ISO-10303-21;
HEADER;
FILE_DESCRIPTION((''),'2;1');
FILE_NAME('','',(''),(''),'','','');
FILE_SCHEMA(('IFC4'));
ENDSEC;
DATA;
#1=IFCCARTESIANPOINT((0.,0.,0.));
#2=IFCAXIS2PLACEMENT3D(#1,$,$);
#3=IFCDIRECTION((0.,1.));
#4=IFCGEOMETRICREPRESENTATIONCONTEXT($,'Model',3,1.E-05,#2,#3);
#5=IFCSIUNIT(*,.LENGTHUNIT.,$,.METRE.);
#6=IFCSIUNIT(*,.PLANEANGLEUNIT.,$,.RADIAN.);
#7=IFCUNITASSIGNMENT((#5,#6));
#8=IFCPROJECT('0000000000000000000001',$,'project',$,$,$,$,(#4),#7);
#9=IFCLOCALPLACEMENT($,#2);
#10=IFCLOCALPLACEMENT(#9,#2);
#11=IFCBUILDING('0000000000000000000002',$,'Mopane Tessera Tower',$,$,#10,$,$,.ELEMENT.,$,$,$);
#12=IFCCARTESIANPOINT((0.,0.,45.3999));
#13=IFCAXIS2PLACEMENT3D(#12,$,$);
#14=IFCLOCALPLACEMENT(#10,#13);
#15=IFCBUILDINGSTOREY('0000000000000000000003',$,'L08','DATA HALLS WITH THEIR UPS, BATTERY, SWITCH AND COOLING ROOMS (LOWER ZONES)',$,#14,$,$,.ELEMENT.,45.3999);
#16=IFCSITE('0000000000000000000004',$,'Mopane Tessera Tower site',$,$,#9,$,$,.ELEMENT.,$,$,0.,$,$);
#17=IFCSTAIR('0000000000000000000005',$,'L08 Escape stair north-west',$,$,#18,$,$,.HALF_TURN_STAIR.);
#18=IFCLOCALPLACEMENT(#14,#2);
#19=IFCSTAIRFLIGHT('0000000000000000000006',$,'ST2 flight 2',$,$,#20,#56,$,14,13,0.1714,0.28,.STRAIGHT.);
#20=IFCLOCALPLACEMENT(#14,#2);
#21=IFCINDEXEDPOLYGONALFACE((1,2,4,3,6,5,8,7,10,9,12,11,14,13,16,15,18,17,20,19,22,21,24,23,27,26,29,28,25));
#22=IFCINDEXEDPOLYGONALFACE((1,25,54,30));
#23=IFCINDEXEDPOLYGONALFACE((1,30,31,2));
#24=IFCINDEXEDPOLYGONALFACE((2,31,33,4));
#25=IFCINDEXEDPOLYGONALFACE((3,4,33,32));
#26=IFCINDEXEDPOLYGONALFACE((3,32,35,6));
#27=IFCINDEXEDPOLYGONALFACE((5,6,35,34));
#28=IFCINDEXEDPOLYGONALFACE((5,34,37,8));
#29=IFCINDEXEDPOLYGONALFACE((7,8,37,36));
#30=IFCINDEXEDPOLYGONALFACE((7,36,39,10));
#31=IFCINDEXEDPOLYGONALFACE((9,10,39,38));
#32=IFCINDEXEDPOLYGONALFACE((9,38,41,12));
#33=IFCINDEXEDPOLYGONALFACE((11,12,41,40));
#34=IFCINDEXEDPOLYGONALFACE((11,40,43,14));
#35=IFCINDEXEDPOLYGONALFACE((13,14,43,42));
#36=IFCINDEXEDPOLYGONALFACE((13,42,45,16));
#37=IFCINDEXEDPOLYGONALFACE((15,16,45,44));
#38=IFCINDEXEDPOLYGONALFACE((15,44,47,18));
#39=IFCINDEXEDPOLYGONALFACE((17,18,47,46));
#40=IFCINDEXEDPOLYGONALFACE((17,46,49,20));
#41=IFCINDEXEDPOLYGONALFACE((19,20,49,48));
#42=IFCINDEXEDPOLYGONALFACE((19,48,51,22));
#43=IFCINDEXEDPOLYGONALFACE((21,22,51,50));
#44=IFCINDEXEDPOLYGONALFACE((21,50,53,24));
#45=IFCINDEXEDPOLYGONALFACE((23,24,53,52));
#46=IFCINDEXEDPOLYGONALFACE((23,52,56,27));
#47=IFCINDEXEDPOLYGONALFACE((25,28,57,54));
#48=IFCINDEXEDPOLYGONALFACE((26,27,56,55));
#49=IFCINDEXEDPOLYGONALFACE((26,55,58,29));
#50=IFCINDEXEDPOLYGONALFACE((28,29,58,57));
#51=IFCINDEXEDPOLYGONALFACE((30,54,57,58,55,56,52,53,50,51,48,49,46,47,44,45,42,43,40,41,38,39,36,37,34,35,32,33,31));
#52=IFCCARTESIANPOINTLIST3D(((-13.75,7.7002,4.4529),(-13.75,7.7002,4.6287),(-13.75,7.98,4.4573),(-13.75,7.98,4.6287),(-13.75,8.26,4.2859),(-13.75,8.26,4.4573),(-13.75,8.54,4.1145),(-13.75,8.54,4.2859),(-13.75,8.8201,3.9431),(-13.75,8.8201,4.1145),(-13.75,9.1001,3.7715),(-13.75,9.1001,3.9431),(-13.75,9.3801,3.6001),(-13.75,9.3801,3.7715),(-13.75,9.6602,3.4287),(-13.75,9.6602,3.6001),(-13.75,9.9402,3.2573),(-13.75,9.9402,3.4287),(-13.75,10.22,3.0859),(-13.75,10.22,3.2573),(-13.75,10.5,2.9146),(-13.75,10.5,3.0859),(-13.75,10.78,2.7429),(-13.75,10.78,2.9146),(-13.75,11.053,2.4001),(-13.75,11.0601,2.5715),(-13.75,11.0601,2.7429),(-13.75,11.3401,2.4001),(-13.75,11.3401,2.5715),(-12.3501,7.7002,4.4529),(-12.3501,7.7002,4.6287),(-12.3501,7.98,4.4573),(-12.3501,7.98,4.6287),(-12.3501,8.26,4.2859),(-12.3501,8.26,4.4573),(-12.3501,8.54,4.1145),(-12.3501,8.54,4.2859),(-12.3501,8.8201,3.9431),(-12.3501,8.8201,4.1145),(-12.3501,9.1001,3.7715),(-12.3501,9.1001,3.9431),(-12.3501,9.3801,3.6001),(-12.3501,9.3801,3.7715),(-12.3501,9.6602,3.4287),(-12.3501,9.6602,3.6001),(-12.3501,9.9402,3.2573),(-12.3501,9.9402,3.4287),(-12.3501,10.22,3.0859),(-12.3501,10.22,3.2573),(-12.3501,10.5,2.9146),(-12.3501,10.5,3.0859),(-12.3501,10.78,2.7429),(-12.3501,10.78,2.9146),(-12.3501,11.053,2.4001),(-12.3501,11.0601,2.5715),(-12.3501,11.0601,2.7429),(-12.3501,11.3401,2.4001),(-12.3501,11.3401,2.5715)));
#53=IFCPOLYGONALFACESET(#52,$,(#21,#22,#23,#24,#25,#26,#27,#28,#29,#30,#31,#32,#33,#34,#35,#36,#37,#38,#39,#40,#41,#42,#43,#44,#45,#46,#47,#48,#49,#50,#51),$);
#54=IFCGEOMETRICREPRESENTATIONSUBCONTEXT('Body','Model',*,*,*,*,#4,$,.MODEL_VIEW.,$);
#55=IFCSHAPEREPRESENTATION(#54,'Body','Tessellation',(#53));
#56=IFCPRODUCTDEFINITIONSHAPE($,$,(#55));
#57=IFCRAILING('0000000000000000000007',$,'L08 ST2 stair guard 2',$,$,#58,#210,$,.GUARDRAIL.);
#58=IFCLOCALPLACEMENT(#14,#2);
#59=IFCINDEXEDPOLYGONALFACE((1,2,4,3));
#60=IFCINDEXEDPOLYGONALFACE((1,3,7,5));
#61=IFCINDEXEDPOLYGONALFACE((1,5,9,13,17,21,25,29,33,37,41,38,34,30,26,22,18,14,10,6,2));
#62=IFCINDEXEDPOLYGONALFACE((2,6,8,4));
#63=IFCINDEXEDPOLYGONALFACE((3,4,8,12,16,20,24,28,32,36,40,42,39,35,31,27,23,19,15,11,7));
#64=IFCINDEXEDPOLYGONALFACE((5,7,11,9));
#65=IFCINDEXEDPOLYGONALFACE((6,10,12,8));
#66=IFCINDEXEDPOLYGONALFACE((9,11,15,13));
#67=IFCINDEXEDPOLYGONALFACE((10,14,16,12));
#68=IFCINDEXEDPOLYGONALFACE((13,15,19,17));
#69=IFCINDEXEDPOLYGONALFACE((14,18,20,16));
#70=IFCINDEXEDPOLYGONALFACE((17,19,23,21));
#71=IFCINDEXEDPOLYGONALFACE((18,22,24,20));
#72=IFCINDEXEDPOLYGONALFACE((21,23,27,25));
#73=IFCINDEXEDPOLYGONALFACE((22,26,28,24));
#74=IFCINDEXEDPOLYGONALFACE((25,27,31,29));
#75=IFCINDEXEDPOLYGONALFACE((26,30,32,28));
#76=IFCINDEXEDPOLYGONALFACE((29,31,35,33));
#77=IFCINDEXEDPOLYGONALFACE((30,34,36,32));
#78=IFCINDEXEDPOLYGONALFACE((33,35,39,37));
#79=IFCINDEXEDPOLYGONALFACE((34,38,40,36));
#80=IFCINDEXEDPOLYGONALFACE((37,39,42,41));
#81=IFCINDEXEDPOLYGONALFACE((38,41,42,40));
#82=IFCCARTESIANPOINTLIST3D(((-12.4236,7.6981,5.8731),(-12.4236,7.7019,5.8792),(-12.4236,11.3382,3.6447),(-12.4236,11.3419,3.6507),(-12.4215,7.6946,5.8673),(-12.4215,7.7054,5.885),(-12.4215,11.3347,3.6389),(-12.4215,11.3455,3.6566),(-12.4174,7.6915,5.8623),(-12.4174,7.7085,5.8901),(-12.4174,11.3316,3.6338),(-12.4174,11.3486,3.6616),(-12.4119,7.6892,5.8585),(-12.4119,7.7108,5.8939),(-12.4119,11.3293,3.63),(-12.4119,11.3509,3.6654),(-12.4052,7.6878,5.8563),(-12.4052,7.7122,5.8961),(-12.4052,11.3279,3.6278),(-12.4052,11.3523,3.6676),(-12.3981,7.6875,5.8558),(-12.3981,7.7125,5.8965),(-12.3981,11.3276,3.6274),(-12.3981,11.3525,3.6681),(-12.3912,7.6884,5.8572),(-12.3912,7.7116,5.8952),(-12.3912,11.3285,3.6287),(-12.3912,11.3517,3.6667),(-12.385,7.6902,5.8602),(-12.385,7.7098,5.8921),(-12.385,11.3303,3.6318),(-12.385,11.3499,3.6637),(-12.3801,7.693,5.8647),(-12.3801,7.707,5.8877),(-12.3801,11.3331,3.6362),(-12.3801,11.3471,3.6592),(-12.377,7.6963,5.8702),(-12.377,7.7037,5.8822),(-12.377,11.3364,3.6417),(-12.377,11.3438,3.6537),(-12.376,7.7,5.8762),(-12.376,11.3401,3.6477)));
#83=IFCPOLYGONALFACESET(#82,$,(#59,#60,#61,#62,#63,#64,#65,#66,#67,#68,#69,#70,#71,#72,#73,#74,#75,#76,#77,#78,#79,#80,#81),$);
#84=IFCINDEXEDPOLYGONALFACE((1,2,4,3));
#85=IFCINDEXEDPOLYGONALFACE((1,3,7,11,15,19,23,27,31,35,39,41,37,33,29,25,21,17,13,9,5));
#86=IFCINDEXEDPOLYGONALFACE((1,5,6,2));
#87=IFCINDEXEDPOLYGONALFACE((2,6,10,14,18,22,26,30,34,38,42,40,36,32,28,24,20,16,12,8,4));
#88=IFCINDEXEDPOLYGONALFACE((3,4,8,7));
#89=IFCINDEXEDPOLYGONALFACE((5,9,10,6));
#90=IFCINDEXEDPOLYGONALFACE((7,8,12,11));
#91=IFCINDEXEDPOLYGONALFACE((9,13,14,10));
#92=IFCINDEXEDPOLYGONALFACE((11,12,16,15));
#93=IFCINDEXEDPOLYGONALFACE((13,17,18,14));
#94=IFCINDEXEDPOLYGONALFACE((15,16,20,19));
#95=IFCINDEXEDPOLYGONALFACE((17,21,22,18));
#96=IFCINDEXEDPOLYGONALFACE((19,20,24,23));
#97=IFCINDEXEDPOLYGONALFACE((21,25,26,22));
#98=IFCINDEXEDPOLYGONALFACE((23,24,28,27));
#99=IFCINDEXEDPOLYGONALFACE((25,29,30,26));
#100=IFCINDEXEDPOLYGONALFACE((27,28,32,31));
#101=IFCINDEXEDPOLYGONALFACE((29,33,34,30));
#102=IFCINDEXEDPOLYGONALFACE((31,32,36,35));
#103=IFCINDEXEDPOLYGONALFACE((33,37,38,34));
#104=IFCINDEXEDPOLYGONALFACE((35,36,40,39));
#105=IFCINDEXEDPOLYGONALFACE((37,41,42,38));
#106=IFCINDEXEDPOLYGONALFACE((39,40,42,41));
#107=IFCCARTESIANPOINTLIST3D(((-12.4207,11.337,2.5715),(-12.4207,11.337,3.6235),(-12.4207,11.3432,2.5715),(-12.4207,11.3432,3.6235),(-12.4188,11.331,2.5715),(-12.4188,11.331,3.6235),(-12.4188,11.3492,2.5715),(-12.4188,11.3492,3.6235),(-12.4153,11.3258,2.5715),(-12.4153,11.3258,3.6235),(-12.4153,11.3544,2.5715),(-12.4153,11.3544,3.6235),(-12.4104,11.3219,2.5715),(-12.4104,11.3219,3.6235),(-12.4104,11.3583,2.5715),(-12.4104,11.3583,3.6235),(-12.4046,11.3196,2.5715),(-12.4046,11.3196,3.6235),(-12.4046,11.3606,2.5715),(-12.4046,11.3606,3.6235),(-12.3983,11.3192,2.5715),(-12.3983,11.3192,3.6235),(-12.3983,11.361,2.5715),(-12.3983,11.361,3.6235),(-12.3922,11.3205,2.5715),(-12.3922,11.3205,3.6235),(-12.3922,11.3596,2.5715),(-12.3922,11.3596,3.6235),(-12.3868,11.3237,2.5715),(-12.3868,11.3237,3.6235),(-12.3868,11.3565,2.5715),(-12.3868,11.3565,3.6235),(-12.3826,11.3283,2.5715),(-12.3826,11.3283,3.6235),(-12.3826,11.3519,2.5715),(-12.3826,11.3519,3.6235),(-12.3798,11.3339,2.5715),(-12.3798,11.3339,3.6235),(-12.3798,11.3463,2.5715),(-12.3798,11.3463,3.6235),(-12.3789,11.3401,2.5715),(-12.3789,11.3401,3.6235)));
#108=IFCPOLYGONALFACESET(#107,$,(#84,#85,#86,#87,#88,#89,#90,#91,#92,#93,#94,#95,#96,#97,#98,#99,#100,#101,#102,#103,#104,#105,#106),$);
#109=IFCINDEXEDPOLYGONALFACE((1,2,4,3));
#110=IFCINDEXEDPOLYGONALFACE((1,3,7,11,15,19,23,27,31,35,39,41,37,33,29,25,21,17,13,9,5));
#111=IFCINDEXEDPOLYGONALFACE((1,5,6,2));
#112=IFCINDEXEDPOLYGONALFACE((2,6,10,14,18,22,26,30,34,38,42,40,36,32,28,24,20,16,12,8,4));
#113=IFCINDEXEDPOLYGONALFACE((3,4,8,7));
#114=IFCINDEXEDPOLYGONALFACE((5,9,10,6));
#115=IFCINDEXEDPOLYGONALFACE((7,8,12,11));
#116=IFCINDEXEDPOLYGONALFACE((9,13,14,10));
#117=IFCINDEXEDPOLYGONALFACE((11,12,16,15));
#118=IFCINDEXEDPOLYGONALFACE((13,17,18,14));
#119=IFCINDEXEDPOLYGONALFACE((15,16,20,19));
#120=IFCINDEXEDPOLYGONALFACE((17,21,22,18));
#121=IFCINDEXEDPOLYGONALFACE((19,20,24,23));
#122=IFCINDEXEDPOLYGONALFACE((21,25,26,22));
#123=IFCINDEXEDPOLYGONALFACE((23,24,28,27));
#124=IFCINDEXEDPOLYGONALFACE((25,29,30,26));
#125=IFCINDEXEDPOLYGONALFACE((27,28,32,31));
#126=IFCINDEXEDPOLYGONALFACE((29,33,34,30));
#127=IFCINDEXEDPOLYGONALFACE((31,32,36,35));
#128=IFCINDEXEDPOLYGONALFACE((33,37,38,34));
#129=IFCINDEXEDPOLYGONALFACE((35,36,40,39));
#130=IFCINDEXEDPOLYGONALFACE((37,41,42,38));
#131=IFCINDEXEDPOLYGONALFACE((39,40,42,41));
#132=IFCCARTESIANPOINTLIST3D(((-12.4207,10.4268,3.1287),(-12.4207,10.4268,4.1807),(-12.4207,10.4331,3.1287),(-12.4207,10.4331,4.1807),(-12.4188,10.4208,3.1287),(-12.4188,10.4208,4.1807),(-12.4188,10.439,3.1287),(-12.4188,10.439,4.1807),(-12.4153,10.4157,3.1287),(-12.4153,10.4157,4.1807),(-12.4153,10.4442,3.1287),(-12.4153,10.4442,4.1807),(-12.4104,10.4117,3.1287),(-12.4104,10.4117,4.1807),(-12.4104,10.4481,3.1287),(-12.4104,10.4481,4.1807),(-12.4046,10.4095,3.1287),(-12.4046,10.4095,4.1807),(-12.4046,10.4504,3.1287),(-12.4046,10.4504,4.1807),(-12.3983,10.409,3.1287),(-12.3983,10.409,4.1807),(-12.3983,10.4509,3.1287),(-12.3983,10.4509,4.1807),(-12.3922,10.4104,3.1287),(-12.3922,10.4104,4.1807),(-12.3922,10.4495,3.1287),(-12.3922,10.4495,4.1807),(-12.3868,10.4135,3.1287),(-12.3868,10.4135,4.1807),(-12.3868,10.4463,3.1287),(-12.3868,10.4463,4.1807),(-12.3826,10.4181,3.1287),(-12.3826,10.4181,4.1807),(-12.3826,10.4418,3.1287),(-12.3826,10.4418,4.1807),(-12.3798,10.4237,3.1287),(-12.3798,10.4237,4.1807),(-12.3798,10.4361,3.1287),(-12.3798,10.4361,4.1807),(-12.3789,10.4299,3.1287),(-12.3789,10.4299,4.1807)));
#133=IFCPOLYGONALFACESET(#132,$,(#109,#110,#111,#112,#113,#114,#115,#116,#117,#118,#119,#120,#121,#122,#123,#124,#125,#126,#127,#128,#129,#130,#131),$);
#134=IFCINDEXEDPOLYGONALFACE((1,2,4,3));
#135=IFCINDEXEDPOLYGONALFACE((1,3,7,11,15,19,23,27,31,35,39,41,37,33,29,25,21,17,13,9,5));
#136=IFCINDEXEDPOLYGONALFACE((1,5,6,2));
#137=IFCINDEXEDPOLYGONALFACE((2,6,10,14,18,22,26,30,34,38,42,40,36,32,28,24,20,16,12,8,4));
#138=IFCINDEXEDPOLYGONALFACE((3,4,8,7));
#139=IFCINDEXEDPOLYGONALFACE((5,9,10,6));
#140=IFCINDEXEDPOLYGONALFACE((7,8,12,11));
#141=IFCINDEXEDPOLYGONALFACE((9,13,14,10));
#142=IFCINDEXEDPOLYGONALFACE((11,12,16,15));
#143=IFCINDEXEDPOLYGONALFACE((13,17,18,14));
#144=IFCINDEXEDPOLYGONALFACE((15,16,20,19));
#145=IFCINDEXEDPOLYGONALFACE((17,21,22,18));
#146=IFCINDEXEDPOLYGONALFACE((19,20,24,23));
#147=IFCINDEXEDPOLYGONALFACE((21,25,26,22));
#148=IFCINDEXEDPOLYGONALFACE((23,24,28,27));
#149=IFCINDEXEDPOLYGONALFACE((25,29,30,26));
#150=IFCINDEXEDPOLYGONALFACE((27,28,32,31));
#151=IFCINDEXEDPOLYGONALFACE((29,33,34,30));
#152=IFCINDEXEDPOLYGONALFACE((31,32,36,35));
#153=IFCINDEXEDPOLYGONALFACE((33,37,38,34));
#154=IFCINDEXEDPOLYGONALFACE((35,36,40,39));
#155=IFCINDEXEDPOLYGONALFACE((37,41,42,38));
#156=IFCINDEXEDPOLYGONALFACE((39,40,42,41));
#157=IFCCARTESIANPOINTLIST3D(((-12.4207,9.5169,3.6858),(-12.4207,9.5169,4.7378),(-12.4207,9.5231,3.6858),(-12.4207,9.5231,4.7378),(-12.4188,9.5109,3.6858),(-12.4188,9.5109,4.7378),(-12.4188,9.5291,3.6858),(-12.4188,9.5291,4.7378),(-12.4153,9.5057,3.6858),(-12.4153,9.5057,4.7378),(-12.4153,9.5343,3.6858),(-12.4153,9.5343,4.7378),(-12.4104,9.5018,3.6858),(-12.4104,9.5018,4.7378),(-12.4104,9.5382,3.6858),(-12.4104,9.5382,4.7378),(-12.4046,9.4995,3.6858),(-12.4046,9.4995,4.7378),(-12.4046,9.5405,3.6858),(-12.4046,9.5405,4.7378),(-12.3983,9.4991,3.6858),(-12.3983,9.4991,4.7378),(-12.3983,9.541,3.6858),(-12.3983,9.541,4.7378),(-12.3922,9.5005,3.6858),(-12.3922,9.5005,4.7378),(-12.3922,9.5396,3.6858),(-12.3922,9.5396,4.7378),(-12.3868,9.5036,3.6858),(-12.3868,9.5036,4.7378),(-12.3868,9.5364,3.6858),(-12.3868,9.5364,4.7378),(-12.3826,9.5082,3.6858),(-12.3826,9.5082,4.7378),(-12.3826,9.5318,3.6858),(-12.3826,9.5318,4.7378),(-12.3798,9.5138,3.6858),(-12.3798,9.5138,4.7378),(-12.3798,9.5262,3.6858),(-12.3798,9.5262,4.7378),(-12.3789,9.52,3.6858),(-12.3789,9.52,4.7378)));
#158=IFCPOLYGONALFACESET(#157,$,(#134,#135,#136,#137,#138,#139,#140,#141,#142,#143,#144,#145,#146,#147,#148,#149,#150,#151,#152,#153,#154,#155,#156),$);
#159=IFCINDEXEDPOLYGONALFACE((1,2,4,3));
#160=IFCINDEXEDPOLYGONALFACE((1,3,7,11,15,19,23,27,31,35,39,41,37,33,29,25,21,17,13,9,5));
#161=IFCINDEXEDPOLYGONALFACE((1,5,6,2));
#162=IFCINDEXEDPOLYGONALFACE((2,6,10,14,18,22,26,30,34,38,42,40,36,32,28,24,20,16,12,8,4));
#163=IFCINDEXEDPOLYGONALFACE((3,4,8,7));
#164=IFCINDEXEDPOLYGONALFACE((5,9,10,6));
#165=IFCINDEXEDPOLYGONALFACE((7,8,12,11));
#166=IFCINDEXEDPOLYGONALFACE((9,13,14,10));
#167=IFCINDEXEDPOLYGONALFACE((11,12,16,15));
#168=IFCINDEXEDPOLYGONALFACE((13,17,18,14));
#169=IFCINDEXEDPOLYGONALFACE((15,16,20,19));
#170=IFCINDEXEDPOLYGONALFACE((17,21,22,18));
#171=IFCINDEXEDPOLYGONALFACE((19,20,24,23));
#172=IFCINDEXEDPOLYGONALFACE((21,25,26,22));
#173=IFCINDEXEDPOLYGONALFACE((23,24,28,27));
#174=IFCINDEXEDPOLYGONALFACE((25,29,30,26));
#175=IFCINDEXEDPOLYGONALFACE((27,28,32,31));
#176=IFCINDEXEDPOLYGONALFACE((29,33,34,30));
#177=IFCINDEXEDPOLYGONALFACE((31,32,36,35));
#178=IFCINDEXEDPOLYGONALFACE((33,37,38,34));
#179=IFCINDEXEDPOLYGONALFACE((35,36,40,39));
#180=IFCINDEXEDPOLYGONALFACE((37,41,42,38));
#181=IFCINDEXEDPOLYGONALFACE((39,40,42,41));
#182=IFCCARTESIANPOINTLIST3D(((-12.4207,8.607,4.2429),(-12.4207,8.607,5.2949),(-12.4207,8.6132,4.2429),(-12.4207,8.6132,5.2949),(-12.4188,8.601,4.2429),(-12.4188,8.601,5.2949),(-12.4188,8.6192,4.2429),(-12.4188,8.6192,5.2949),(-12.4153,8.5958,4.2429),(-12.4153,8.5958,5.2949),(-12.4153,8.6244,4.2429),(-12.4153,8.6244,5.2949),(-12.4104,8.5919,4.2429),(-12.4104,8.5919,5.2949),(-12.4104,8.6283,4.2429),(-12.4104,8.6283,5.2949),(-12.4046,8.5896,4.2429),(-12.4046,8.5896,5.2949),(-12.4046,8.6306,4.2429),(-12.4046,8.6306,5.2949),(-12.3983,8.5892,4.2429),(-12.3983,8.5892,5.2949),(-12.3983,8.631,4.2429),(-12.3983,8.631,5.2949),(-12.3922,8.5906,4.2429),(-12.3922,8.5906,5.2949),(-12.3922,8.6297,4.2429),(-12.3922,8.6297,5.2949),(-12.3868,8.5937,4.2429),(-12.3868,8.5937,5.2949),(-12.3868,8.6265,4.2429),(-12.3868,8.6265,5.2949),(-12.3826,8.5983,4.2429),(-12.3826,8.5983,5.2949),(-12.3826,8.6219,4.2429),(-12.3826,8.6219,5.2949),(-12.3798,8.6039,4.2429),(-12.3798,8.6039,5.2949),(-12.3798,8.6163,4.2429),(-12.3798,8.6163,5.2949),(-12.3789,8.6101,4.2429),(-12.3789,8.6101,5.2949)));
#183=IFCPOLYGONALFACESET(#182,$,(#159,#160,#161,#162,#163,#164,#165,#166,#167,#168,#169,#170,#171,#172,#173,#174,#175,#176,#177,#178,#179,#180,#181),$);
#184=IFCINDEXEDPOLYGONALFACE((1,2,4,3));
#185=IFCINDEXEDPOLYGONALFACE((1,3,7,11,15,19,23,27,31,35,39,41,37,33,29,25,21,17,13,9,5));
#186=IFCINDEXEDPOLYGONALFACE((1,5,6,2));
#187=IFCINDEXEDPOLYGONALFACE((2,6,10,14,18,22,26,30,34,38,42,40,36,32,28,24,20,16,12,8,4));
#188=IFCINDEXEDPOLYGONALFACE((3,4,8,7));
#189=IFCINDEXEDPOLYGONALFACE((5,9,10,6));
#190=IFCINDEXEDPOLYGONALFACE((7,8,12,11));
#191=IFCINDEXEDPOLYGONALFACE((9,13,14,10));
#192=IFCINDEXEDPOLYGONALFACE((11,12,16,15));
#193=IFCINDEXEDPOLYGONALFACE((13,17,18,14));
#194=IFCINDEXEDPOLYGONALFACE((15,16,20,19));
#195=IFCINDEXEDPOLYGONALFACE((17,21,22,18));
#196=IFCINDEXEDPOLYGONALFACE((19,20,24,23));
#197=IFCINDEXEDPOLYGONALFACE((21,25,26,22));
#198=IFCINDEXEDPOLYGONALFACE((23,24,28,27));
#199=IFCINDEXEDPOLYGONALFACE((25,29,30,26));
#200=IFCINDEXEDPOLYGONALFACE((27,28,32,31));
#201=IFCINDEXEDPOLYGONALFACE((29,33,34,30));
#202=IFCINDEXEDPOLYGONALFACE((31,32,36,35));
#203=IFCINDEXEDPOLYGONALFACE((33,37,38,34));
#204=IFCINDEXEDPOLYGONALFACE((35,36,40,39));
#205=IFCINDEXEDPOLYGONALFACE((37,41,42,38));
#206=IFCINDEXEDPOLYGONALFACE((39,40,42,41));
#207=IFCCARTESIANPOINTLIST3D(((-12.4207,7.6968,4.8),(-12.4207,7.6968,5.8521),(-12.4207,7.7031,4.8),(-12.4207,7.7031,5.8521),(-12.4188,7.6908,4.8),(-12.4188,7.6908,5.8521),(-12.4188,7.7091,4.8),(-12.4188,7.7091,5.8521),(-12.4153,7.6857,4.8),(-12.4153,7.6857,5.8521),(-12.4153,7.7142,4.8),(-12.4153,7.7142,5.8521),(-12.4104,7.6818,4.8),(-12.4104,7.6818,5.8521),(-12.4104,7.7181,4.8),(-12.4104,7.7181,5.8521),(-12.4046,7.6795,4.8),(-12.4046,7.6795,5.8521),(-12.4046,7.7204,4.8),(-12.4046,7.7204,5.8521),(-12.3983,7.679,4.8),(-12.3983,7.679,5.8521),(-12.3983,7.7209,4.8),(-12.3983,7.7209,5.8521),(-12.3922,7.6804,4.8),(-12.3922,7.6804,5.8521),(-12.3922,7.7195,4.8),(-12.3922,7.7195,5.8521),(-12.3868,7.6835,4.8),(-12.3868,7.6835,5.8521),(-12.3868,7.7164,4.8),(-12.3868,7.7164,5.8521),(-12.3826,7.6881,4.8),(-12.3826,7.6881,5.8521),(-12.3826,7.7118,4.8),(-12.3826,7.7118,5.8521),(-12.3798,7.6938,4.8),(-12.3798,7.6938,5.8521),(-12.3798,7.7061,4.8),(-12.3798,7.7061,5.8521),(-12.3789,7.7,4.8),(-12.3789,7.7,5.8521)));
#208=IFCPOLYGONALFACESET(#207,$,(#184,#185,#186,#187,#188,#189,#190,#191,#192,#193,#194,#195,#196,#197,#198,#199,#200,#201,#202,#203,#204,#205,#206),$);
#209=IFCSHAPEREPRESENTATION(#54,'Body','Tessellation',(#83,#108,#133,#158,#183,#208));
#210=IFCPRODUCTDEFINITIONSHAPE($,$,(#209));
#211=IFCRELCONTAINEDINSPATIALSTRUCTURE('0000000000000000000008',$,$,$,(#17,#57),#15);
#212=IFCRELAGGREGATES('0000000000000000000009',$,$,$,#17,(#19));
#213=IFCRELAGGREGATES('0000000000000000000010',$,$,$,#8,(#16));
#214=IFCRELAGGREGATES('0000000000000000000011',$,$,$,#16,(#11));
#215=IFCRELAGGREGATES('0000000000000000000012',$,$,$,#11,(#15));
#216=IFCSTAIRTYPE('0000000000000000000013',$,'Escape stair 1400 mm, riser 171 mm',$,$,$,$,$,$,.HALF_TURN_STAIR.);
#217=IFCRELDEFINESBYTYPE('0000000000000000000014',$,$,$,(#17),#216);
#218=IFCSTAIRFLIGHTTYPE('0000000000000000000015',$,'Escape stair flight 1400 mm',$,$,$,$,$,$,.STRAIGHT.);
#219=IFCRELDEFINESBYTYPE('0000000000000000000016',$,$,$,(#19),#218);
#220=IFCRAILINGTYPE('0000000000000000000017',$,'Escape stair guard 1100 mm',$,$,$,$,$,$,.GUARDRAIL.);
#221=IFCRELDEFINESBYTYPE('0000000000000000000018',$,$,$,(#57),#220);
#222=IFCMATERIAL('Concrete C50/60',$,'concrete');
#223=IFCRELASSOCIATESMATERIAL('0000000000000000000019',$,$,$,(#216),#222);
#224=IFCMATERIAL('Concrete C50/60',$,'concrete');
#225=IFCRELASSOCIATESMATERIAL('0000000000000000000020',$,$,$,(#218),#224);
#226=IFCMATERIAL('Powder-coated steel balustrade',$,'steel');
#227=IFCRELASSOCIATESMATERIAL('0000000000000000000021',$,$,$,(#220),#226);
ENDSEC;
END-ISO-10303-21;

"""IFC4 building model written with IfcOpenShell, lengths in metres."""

from ifc_helpers import new_model, si_unit, direction, frame, origin, origin_2d, place, context, subcontext, project, spatial, polyline, circle, outline, extrude, material, type_object, element, aggregate, save


model = new_model("IFC4")

# Units and contexts
model_context = context("Model", 3, precision=1e-05, world=origin(), true_north=direction((0.0, 1.0)))
body_context = subcontext(model_context, "Body", "Model", "MODEL_VIEW")
ifc_project = project(units=[si_unit("LENGTHUNIT", "METRE"), si_unit("PLANEANGLEUNIT", "RADIAN")], contexts=[model_context])

# Site, building, storey
site_placement = place(None, origin())
site = spatial("IfcSite", under=ifc_project, at=site_placement, Name="Mopane Tessera Tower site", CompositionType="ELEMENT", RefElevation=0.0)
building_placement = place(site_placement, origin())
building = spatial("IfcBuilding", under=site, at=building_placement, Name="Mopane Tessera Tower", CompositionType="ELEMENT")
storey_placement = place(building_placement, frame((0.0, 0.0, 45.3999)))
storey = spatial("IfcBuildingStorey", under=building, at=storey_placement, Name="L08", Description="DATA HALLS WITH THEIR UPS, BATTERY, SWITCH AND COOLING ROOMS (LOWER ZONES)", CompositionType="ELEMENT", Elevation=45.3999)

# Stair, stair flight
ifc_material_1 = material(Name="Concrete C50/60", Category="concrete")
stair_type = type_object("IfcStairType", Name="Escape stair 1400 mm, riser 171 mm", PredefinedType="HALF_TURN_STAIR", material=ifc_material_1)
stair_placement = place(storey_placement, origin())
stair = element("IfcStair", 1, at=stair_placement, inside=storey, type_object=stair_type, Name="L08 Escape stair north-west", PredefinedType="HALF_TURN_STAIR")
ifc_material_2 = material(Name="Concrete C50/60", Category="concrete")
stair_flight_type = type_object("IfcStairFlightType", Name="Escape stair flight 1400 mm", PredefinedType="STRAIGHT", material=ifc_material_2)
stair_flight_1_placement = place(storey_placement, frame((-13.05, 11.3401, 2.4001), z_axis=(0.0, 0.0, 1.0), x_axis=(0.0, -1.0, 0.0)))
stair_flight_1 = element("IfcStairFlight", 2, at=stair_flight_1_placement, type_object=stair_flight_type, Name="ST2 flight 2", NumberOfRisers=14, NumberOfTreads=13, PredefinedType="STRAIGHT", RiserHeight=0.1714, TreadLength=0.28, context=body_context, shape_type="SweptSolid", body=[
    extrude(outline(polyline([(0.0, 0.0), (0.0, 0.1714), (0.28, 0.1714), (0.28, 0.3428), (0.5601, 0.3428), (0.5601, 0.5144), (0.8401, 0.5144), (0.8401, 0.6858), (1.1201, 0.6858), (1.1201, 0.8572), (1.3999, 0.8572), (1.3999, 1.0286), (1.6799, 1.0286), (1.6799, 1.2), (1.96, 1.2), (1.96, 1.3713), (2.24, 1.3713), (2.24, 1.543), (2.52, 1.543), (2.52, 1.7144), (2.8, 1.7144), (2.8, 1.8857), (3.0801, 1.8857), (3.0801, 2.0571), (3.3601, 2.0571), (3.3601, 2.2285), (3.6399, 2.2285), (3.6399, 2.3999), (3.6399, 2.0527), (0.2871, 0.0), (0.0, 0.0)])), frame((0.0, 0.7, 0.0), z_axis=(0.0, -1.0, 0.0), x_axis=(1.0, 0.0, 0.0)), (0.0, 0.0, 1.0), 1.3999),
])
aggregate(stair, [stair_flight_1])

# Railing
ifc_material_3 = material(Name="Powder-coated steel balustrade", Category="steel")
railing_type_1 = type_object("IfcRailingType", Name="Escape stair guard 1100 mm", PredefinedType="GUARDRAIL", material=ifc_material_3)
railing_1_placement = place(storey_placement, frame((-12.3999, 11.3401, 2.5715)))
element("IfcRailing", 3, at=railing_1_placement, inside=storey, type_object=railing_type_1, Name="L08 ST2 stair guard 2", PredefinedType="GUARDRAIL", context=body_context, shape_type="SweptSolid", body=[
    extrude(circle(Radius=0.0239, at=origin_2d()), frame((0.0, 0.0, 1.0762), z_axis=(0.0, -0.852866, 0.52213), x_axis=(1.0, 0.0, 0.0)), (0.0, 0.0, 1.0), 4.2681),
    extrude(circle(Radius=0.021, at=origin_2d()), origin(), (0.0, 0.0, 1.0), 1.052),
    extrude(circle(Radius=0.021, at=origin_2d()), frame((0.0, -0.9102, 0.5571)), (0.0, 0.0, 1.0), 1.052),
    extrude(circle(Radius=0.021, at=origin_2d()), frame((0.0, -1.8201, 1.1143)), (0.0, 0.0, 1.0), 1.052),
    extrude(circle(Radius=0.021, at=origin_2d()), frame((0.0, -2.73, 1.6714)), (0.0, 0.0, 1.0), 1.052),
    extrude(circle(Radius=0.021, at=origin_2d()), frame((0.0, -3.6401, 2.2285)), (0.0, 0.0, 1.0), 1.052),
])

save(model, "model.ifc")
